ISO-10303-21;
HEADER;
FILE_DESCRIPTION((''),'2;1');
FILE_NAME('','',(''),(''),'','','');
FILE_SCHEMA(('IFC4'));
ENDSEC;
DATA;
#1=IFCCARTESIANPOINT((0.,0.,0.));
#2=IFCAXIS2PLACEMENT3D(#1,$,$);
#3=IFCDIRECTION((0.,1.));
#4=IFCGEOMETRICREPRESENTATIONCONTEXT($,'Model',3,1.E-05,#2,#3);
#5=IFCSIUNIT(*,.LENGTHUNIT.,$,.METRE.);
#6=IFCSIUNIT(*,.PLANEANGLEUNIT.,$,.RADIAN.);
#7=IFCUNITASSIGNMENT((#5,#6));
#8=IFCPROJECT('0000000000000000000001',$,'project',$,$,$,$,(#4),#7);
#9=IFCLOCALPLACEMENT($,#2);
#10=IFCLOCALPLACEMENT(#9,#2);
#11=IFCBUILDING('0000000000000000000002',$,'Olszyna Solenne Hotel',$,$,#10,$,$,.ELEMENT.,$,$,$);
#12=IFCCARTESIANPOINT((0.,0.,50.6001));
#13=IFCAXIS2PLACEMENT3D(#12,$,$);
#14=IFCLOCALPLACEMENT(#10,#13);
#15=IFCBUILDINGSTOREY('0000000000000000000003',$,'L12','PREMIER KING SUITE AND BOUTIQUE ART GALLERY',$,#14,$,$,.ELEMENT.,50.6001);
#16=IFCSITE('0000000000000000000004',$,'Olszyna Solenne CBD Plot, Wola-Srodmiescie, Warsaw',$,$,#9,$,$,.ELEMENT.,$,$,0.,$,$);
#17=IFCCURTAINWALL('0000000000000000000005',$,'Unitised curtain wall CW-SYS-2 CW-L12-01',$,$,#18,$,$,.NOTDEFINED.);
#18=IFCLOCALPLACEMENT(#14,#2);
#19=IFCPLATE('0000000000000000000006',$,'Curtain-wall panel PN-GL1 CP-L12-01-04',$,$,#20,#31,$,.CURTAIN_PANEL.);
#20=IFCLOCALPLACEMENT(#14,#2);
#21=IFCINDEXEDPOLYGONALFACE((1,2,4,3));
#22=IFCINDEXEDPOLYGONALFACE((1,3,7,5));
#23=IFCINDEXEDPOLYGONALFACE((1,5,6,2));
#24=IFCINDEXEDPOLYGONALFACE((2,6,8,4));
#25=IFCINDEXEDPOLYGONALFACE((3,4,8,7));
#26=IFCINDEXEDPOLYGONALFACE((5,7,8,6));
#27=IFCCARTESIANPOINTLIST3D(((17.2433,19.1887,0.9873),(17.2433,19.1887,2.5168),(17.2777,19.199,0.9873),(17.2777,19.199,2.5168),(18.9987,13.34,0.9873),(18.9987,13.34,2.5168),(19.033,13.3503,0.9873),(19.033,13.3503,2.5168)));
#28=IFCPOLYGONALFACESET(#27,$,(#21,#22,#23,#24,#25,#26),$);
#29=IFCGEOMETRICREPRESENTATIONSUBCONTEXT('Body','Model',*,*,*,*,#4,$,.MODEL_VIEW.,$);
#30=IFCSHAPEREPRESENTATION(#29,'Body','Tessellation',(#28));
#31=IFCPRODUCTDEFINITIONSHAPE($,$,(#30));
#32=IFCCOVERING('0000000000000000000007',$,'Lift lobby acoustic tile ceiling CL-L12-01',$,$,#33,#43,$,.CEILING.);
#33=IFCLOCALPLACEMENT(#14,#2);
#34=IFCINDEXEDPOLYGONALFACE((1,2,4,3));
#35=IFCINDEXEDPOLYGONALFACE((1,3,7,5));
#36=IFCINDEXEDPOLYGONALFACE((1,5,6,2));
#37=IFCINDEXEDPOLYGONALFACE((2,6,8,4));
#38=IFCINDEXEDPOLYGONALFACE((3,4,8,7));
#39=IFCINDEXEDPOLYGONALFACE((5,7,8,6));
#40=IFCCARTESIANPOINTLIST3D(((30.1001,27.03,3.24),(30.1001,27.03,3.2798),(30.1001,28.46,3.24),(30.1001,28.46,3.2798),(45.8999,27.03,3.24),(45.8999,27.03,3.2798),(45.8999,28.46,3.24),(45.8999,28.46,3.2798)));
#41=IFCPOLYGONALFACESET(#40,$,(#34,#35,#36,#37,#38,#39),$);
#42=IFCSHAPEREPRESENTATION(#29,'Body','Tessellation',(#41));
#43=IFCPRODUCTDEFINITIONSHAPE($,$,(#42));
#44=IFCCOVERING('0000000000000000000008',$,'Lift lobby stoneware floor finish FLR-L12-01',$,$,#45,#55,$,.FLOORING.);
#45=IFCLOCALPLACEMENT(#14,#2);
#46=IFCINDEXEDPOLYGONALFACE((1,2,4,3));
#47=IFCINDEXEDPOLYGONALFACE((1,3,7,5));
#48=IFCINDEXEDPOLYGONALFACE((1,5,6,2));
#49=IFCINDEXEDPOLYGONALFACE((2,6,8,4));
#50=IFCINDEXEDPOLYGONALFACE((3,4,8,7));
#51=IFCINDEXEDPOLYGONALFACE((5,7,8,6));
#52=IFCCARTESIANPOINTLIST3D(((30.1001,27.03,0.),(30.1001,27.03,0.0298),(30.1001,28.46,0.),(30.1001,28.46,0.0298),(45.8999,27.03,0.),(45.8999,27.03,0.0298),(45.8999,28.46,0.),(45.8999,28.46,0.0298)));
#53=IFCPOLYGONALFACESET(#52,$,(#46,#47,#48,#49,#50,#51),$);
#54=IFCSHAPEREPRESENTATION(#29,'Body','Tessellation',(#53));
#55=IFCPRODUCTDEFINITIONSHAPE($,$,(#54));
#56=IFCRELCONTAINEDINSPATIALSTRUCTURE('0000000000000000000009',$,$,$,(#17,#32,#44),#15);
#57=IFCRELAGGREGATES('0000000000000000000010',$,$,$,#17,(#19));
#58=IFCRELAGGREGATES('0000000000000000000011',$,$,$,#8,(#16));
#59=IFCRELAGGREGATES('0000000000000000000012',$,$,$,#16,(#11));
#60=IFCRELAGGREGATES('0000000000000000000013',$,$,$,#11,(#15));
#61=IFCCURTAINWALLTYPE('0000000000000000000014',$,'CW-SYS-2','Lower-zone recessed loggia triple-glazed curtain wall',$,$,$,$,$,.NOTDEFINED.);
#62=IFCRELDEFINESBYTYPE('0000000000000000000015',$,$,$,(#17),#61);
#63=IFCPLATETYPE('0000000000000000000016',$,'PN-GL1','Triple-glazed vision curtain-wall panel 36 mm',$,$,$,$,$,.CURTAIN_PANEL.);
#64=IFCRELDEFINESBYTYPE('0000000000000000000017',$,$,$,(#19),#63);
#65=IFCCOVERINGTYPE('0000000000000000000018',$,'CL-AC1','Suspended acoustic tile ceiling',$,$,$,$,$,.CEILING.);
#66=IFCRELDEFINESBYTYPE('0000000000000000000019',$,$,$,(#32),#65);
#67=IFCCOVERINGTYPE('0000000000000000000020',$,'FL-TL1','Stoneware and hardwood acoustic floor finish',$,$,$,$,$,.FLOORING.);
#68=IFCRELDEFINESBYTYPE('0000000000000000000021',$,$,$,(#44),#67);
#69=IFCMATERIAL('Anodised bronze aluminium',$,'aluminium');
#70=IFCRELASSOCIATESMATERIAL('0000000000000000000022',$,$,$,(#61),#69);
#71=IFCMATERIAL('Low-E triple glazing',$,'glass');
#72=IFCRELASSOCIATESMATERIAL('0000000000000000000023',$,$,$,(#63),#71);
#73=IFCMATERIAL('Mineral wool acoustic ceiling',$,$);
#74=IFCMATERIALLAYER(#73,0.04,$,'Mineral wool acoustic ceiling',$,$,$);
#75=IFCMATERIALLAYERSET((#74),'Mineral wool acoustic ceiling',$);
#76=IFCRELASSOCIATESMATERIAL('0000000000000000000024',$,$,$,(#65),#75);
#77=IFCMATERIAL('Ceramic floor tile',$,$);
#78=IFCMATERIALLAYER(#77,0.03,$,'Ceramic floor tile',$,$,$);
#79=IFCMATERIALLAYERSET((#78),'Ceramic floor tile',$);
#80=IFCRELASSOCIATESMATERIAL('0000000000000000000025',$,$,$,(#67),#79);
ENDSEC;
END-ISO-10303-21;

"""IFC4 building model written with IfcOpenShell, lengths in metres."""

from ifc_helpers import new_model, si_unit, direction, frame, origin, origin_2d, place, context, subcontext, project, spatial, polyline, rectangle, outline, extrude, source, transform, mapped, material, layer, layer_set, type_object, element, aggregate, save


model = new_model("IFC4")

# Units and contexts
model_context = context("Model", 3, precision=1e-05, world=origin(), true_north=direction((0.0, 1.0)))
body_context = subcontext(model_context, "Body", "Model", "MODEL_VIEW")
ifc_project = project(units=[si_unit("LENGTHUNIT", "METRE"), si_unit("PLANEANGLEUNIT", "RADIAN")], contexts=[model_context])

# Site, building, storey
site_placement = place(None, origin())
site = spatial("IfcSite", under=ifc_project, at=site_placement, Name="Olszyna Solenne CBD Plot, Wola-Srodmiescie, Warsaw", CompositionType="ELEMENT", RefElevation=0.0)
building_placement = place(site_placement, origin())
building = spatial("IfcBuilding", under=site, at=building_placement, Name="Olszyna Solenne Hotel", CompositionType="ELEMENT")
storey_placement = place(building_placement, frame((0.0, 0.0, 50.6001)))
storey = spatial("IfcBuildingStorey", under=building, at=storey_placement, Name="L12", Description="PREMIER KING SUITE AND BOUTIQUE ART GALLERY", CompositionType="ELEMENT", Elevation=50.6001)

# Curtain wall
ifc_material_1 = material(Name="Anodised bronze aluminium", Category="aluminium")
curtain_wall_type = type_object("IfcCurtainWallType", Name="CW-SYS-2", Description="Lower-zone recessed loggia triple-glazed curtain wall", PredefinedType="NOTDEFINED", material=ifc_material_1)
curtain_wall_placement = place(storey_placement, origin())
curtain_wall = element("IfcCurtainWall", 1, at=curtain_wall_placement, inside=storey, type_object=curtain_wall_type, Name="Unitised curtain wall CW-SYS-2 CW-L12-01", PredefinedType="NOTDEFINED")

# Plate
ifc_material_2 = material(Name="Low-E triple glazing", Category="glass")
plate_type_1 = type_object("IfcPlateType", Name="PN-GL1", Description="Triple-glazed vision curtain-wall panel 36 mm", PredefinedType="CURTAIN_PANEL", material=ifc_material_2)
shared_shape_1 = source(origin(), body_context, "Body", "SweptSolid", [
    extrude(rectangle(XDim=6.1064, YDim=0.0359, at=origin_2d()), origin(), (0.0, 0.0, 1.0), 1.5295),
])
plate_1_placement = place(storey_placement, frame((18.1382, 16.2695, 0.9873), z_axis=(0.0, 0.0, 1.0), x_axis=(0.287458, -0.957793, 0.0)))
plate_1 = element("IfcPlate", 2, at=plate_1_placement, type_object=plate_type_1, Name="Curtain-wall panel PN-GL1 CP-L12-01-04", PredefinedType="CURTAIN_PANEL", context=body_context, shape_type="MappedRepresentation", body=[
    mapped(shared_shape_1, transform((0.0, 0.0, 0.0), x_axis=(1.0, 0.0, 0.0), y_axis=(0.0, 1.0, 0.0), z_axis=(0.0, 0.0, 1.0), scale=1.0)),
])
aggregate(curtain_wall, [plate_1])

# Coverings
ifc_material_3 = material(Name="Mineral wool acoustic ceiling")
ifc_layer_1 = layer(ifc_material_3, 0.04, Name="Mineral wool acoustic ceiling")
ifc_layer_set_1 = layer_set([ifc_layer_1], Name="Mineral wool acoustic ceiling")
covering_type_1 = type_object("IfcCoveringType", Name="CL-AC1", Description="Suspended acoustic tile ceiling", PredefinedType="CEILING", material=ifc_layer_set_1)
covering_1_placement = place(storey_placement, frame((0.0, 0.0, 3.24)))
element("IfcCovering", 3, at=covering_1_placement, inside=storey, type_object=covering_type_1, Name="Lift lobby acoustic tile ceiling CL-L12-01", PredefinedType="CEILING", context=body_context, shape_type="SweptSolid", body=[
    extrude(outline(polyline([(30.1001, 27.03), (45.8999, 27.03), (45.8999, 28.46), (30.1001, 28.46), (30.1001, 27.03)])), origin(), (0.0, 0.0, 1.0), 0.0398),
])
ifc_material_4 = material(Name="Ceramic floor tile")
ifc_layer_2 = layer(ifc_material_4, 0.03, Name="Ceramic floor tile")
ifc_layer_set_2 = layer_set([ifc_layer_2], Name="Ceramic floor tile")
covering_type_2 = type_object("IfcCoveringType", Name="FL-TL1", Description="Stoneware and hardwood acoustic floor finish", PredefinedType="FLOORING", material=ifc_layer_set_2)
covering_2_placement = place(storey_placement, origin())
element("IfcCovering", 4, at=covering_2_placement, inside=storey, type_object=covering_type_2, Name="Lift lobby stoneware floor finish FLR-L12-01", PredefinedType="FLOORING", context=body_context, shape_type="SweptSolid", body=[
    extrude(outline(polyline([(30.1001, 27.03), (45.8999, 27.03), (45.8999, 28.46), (30.1001, 28.46), (30.1001, 27.03)])), origin(), (0.0, 0.0, 1.0), 0.0298),
])

save(model, "model.ifc")
